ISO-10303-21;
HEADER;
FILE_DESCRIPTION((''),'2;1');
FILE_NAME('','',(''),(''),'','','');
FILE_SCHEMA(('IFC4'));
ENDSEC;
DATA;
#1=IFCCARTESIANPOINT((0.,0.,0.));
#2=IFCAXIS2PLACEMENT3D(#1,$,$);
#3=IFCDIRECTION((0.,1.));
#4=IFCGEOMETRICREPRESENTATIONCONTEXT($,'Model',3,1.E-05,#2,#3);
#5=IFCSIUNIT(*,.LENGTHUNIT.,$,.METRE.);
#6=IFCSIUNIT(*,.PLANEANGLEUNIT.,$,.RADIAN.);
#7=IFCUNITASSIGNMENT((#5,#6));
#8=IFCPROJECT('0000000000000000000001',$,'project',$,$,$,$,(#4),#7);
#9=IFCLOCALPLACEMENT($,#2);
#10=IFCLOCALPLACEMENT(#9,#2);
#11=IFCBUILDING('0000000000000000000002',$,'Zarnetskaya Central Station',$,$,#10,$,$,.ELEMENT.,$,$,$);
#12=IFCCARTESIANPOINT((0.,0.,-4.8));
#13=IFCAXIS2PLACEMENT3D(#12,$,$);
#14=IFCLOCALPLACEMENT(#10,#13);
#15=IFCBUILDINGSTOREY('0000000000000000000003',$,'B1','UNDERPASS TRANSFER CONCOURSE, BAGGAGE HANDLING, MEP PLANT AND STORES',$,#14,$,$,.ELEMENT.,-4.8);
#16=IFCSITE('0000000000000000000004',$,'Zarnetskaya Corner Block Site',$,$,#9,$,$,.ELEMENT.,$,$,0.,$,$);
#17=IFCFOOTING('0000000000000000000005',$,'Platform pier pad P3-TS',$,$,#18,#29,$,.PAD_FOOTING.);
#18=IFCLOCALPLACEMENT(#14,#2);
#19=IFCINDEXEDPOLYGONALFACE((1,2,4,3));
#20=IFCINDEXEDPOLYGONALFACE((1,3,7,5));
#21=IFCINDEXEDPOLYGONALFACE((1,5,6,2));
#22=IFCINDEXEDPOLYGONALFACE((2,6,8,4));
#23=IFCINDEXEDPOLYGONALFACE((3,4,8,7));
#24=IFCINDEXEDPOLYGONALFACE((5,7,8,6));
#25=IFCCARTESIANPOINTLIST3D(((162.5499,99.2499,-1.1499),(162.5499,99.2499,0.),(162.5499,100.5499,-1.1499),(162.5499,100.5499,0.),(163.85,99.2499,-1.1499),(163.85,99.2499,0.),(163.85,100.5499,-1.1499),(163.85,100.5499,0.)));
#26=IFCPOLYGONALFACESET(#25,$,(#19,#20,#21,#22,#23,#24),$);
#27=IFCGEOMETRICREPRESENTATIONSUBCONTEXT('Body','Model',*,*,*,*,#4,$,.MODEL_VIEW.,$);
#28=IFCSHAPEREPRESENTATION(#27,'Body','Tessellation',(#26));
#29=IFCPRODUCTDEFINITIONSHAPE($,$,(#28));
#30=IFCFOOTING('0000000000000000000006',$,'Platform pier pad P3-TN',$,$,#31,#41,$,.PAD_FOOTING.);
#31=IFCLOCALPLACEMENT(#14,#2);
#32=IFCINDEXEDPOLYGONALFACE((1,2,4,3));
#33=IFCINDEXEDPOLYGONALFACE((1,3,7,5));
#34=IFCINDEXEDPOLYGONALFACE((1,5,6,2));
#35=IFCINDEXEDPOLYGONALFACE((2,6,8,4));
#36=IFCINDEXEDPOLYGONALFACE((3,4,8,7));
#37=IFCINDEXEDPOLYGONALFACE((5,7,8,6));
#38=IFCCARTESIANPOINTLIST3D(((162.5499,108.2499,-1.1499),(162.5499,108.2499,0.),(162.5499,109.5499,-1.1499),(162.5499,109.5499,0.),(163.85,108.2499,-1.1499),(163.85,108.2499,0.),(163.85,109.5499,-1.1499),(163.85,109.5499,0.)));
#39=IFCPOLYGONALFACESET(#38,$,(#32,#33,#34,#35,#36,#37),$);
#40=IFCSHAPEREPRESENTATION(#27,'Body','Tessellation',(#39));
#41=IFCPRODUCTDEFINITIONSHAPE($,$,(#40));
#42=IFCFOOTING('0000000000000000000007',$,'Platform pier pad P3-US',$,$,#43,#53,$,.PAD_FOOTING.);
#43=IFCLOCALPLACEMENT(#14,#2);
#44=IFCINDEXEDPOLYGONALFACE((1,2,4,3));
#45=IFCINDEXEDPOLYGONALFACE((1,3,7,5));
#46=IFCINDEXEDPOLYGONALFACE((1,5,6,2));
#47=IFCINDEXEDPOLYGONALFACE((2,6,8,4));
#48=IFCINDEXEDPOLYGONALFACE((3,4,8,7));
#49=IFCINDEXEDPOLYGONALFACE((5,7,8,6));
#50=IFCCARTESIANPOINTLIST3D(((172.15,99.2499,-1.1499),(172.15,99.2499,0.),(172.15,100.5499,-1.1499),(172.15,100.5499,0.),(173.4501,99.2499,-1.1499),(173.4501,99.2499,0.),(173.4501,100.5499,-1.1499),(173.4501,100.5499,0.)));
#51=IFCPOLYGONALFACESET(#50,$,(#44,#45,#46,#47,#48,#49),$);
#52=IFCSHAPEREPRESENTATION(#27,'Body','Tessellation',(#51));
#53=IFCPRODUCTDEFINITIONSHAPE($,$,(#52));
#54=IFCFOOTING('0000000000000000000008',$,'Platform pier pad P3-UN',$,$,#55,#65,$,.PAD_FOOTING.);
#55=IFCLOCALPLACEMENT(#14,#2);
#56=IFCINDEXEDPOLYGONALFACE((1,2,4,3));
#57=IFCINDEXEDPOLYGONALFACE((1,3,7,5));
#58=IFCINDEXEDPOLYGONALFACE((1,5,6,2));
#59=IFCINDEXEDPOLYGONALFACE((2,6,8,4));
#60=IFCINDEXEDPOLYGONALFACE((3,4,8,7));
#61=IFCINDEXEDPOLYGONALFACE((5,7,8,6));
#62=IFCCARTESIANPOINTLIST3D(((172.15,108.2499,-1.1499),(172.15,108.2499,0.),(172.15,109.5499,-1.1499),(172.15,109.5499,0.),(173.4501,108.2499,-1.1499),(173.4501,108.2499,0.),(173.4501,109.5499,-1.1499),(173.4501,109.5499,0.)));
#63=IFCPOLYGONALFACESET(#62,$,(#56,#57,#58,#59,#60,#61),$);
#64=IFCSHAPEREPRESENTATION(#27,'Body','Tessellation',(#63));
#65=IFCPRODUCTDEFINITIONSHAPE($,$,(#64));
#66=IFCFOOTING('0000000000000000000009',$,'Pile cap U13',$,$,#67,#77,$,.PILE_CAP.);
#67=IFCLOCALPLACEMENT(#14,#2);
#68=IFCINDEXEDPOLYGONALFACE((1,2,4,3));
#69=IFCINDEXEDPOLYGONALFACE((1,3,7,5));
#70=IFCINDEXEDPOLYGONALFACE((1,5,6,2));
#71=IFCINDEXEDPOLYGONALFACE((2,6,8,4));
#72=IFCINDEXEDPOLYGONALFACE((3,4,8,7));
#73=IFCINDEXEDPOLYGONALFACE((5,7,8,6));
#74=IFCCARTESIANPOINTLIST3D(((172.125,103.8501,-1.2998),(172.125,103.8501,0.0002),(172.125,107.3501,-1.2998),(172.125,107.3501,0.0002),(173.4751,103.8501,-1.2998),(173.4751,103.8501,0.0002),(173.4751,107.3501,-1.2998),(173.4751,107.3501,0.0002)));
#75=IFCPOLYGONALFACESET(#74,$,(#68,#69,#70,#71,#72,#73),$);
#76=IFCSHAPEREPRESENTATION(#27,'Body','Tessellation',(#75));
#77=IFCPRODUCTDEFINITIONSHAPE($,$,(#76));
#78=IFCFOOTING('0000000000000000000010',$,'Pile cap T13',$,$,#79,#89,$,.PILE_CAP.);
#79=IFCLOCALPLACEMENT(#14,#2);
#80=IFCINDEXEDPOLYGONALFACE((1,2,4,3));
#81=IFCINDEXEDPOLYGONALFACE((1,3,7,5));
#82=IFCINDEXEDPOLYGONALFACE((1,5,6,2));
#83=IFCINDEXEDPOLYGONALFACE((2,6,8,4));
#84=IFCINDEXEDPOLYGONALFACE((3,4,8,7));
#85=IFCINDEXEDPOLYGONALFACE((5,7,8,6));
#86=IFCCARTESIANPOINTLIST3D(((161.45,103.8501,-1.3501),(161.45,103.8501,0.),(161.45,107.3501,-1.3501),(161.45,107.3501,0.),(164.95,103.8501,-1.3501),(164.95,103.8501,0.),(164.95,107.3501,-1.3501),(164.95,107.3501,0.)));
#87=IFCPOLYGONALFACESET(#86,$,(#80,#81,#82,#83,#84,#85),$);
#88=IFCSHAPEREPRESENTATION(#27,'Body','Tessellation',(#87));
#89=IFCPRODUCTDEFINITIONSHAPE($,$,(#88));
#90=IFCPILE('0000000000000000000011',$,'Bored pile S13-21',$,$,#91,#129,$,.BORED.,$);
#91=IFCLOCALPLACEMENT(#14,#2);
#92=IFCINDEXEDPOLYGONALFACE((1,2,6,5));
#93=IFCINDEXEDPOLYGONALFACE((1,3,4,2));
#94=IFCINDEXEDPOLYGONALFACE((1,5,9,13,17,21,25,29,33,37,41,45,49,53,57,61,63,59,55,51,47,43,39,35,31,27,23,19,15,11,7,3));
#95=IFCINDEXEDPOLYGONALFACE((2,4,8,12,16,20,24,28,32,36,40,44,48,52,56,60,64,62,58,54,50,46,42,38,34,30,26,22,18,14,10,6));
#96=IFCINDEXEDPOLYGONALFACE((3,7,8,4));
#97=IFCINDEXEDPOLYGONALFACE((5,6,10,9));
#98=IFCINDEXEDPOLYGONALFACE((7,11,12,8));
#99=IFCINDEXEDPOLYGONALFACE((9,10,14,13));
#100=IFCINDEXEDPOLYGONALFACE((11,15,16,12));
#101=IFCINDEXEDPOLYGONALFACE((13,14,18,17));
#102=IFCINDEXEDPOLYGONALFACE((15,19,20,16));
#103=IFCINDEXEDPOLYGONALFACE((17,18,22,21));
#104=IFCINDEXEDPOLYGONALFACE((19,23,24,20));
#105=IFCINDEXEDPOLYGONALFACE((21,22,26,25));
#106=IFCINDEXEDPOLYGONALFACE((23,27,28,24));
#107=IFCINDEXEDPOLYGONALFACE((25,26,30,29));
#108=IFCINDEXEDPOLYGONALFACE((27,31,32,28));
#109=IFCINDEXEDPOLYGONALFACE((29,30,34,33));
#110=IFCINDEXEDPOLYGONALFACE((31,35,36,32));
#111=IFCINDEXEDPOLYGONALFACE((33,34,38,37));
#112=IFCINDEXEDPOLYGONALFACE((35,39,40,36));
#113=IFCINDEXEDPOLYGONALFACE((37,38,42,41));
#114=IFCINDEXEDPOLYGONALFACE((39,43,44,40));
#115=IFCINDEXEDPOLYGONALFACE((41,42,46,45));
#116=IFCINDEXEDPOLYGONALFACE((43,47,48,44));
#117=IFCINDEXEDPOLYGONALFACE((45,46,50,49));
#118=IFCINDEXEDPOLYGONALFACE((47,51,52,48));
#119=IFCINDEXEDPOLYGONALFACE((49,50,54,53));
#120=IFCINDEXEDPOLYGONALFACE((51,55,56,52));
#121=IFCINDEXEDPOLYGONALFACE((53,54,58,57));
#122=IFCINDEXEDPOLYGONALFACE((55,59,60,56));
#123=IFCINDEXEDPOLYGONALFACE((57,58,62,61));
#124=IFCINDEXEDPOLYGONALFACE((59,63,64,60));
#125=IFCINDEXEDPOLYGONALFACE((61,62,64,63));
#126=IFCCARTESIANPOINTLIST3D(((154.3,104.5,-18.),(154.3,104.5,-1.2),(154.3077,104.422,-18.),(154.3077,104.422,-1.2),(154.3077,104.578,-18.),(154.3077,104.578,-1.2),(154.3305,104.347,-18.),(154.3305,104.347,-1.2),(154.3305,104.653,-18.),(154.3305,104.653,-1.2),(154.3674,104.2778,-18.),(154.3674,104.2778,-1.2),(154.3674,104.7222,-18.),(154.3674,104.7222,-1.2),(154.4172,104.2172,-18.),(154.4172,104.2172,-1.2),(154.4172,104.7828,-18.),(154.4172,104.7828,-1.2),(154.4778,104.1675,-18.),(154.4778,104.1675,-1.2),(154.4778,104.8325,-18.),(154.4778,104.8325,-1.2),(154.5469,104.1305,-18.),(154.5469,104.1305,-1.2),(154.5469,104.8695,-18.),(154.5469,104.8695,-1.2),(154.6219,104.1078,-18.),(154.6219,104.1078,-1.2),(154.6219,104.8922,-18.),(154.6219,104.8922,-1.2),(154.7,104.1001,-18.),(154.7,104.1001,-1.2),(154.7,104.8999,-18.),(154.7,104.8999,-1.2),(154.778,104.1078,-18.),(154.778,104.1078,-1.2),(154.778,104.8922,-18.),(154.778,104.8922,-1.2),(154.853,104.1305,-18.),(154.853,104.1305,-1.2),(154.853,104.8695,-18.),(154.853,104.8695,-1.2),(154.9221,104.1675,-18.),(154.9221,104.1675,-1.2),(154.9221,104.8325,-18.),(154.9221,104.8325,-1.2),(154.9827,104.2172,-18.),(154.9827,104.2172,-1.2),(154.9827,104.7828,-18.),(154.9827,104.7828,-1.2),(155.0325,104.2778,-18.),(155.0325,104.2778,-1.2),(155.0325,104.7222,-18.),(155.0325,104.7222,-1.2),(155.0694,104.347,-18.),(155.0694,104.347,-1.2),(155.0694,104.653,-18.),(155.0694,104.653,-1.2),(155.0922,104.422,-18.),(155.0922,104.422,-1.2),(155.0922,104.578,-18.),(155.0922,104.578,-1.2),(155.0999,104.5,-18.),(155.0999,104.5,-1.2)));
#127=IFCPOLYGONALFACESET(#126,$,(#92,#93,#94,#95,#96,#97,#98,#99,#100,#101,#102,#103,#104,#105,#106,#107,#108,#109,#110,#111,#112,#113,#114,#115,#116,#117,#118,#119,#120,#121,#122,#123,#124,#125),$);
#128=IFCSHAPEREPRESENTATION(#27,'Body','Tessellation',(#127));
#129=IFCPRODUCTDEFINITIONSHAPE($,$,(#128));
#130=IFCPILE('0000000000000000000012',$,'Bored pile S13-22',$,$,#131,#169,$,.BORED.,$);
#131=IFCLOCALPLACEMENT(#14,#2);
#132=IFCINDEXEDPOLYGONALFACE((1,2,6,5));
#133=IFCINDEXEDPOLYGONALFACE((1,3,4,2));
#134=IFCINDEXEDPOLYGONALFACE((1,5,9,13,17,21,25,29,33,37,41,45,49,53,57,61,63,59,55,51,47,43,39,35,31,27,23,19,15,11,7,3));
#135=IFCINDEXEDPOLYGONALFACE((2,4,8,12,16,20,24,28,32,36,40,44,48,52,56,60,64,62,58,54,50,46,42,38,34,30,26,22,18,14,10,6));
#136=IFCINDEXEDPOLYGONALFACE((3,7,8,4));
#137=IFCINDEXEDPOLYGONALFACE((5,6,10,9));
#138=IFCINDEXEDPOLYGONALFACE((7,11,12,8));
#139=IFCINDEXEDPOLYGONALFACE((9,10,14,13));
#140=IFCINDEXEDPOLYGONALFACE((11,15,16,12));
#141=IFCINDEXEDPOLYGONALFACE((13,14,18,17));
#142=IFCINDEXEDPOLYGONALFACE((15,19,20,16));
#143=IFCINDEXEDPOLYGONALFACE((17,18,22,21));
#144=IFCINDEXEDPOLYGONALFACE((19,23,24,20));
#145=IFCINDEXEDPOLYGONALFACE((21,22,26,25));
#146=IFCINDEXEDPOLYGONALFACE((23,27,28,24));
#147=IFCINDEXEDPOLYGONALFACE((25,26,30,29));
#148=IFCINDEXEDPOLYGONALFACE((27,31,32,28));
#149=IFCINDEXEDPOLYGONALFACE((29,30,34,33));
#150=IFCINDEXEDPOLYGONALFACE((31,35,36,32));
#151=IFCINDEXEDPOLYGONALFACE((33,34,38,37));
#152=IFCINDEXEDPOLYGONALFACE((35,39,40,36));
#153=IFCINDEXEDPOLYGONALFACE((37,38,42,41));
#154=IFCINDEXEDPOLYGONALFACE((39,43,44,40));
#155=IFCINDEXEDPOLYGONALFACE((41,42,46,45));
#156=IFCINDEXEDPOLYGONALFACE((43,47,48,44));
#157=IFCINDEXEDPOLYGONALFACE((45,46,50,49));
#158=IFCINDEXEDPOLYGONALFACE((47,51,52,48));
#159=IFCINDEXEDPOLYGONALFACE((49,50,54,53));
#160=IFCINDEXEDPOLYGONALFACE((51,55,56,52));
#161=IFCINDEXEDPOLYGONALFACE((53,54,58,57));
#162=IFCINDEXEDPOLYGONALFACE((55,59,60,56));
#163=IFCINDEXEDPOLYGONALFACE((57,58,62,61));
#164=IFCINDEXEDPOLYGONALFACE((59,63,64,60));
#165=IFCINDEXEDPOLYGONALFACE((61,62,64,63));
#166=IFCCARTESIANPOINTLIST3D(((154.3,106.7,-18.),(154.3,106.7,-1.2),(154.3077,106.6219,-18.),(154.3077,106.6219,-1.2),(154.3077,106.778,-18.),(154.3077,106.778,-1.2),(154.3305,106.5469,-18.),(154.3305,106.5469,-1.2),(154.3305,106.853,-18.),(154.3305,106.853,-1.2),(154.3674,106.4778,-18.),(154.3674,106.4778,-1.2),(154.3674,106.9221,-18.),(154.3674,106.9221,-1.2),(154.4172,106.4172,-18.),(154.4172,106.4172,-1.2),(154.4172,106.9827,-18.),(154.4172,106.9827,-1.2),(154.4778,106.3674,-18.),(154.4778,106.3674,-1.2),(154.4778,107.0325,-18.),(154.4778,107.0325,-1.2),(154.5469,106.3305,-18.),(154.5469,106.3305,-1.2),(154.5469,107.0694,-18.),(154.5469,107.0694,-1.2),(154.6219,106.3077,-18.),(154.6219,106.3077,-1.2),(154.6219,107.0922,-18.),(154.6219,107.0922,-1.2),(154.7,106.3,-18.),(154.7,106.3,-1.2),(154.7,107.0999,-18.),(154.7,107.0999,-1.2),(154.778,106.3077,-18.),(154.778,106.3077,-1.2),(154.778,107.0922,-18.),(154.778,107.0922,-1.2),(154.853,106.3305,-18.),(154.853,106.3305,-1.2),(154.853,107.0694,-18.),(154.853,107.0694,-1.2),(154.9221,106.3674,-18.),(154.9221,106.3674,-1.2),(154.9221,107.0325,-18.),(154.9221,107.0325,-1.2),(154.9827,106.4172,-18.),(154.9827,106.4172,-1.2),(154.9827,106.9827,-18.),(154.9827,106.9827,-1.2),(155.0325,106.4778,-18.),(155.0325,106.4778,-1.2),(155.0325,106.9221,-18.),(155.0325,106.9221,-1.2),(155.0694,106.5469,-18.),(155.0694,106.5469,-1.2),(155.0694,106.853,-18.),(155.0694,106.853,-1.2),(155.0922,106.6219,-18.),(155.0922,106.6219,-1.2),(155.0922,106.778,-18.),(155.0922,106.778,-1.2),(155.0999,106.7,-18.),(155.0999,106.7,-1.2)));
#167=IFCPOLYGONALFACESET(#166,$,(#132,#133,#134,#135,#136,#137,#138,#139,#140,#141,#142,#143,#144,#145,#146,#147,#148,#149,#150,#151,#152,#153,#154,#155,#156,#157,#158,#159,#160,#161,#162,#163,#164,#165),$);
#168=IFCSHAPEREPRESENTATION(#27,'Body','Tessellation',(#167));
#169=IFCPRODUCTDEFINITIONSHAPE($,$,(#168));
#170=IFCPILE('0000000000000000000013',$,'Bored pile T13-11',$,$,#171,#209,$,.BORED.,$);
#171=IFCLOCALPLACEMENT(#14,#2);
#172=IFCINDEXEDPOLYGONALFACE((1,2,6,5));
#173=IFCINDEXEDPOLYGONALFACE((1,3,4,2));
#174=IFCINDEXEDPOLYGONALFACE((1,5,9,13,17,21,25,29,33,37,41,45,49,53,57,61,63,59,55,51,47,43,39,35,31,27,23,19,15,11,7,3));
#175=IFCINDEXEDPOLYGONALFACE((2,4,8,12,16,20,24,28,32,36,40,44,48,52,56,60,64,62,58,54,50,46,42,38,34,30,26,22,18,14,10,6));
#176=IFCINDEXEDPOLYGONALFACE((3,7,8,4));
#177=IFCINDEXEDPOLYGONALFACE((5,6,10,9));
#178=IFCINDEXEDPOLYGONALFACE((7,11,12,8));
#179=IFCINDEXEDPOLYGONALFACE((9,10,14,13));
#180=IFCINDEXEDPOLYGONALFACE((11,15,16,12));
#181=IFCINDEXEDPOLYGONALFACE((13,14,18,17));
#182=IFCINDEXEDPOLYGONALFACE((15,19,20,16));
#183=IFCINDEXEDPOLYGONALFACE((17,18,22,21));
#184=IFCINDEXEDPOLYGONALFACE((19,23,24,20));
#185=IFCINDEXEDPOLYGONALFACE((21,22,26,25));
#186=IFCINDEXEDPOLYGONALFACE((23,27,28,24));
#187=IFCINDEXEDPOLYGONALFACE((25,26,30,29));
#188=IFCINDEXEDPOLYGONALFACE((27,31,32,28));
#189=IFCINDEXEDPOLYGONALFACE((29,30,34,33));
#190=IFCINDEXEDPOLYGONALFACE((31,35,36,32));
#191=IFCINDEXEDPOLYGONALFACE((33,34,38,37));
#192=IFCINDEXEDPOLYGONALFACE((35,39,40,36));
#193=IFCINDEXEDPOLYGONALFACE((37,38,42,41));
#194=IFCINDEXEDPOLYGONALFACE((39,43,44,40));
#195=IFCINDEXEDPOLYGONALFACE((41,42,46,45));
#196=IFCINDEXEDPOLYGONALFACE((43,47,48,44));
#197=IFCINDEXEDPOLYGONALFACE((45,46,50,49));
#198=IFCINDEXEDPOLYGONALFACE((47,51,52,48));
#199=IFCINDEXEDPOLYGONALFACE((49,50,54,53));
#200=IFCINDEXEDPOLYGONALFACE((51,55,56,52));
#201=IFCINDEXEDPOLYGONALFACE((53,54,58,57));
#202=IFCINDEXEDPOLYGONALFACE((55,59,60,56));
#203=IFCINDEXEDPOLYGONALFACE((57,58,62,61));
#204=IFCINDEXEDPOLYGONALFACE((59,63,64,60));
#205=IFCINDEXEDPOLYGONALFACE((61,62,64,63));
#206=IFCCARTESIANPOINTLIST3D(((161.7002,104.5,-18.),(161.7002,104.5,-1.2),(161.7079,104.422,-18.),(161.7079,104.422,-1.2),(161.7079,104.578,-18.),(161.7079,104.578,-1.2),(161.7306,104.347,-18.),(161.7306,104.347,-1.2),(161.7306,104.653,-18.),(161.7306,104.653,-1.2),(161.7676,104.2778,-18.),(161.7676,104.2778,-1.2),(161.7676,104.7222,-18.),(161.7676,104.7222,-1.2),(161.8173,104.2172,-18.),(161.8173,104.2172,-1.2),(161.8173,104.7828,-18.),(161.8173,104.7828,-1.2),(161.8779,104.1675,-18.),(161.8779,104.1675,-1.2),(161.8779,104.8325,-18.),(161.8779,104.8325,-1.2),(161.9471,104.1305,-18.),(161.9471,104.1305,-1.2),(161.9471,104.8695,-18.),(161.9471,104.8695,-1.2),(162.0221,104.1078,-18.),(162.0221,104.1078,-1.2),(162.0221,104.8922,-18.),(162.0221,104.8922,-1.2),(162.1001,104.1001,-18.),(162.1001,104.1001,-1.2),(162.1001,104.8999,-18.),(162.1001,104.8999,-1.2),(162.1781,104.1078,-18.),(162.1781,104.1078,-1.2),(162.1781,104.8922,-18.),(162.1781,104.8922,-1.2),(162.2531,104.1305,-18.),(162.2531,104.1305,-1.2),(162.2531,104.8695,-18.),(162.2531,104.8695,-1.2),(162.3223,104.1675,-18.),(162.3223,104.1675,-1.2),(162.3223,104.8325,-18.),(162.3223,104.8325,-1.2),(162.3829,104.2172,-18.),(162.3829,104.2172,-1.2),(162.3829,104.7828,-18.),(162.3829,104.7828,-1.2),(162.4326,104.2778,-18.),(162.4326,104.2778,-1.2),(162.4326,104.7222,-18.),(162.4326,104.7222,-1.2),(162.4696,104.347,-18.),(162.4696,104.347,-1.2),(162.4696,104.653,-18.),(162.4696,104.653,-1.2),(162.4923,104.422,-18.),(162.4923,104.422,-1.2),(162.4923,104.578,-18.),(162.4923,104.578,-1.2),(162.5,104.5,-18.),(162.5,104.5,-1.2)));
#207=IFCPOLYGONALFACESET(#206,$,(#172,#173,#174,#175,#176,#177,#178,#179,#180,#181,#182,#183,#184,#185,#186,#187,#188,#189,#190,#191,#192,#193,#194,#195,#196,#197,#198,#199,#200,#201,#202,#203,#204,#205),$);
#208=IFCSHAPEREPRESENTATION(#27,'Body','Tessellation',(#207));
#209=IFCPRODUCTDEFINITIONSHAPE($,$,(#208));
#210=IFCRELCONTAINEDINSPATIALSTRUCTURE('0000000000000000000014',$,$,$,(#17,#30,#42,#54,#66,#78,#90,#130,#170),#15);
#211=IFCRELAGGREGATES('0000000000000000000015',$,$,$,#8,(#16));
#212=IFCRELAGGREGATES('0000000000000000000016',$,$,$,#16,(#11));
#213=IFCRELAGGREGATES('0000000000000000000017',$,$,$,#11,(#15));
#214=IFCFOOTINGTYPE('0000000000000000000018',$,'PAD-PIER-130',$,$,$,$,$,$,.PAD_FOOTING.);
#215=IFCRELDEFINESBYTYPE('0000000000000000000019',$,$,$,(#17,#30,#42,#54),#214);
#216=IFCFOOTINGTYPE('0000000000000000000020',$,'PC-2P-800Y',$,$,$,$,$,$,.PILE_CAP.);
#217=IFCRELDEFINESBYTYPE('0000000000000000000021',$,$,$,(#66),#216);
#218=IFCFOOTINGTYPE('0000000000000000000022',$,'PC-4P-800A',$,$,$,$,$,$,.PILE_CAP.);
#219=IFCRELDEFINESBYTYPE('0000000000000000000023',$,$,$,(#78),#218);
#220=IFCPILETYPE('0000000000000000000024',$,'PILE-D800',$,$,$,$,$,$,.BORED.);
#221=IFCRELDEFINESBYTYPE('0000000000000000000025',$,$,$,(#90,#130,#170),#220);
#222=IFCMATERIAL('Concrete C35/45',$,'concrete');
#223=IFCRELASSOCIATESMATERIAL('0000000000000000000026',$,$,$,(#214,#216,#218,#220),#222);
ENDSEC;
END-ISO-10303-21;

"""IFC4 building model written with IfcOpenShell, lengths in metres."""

from ifc_helpers import new_model, si_unit, direction, frame, origin, origin_2d, place, context, subcontext, project, spatial, rectangle, circle, extrude, material, material_profile, profile_set, type_object, element, save


model = new_model("IFC4")

# Units and contexts
model_context = context("Model", 3, precision=1e-05, world=origin(), true_north=direction((0.0, 1.0)))
body_context = subcontext(model_context, "Body", "Model", "MODEL_VIEW")
ifc_project = project(units=[si_unit("LENGTHUNIT", "METRE"), si_unit("PLANEANGLEUNIT", "RADIAN")], contexts=[model_context])

# Site, building, storey
site_placement = place(None, origin())
site = spatial("IfcSite", under=ifc_project, at=site_placement, Name="Zarnetskaya Corner Block Site", CompositionType="ELEMENT", RefElevation=0.0)
building_placement = place(site_placement, origin())
building = spatial("IfcBuilding", under=site, at=building_placement, Name="Zarnetskaya Central Station", CompositionType="ELEMENT")
storey_placement = place(building_placement, frame((0.0, 0.0, -4.8)))
storey = spatial("IfcBuildingStorey", under=building, at=storey_placement, Name="B1", Description="UNDERPASS TRANSFER CONCOURSE, BAGGAGE HANDLING, MEP PLANT AND STORES", CompositionType="ELEMENT", Elevation=-4.8)

# Footings
ifc_material = material(Name="Concrete C35/45", Category="concrete")
footing_type_1 = type_object("IfcFootingType", Name="PAD-PIER-130", PredefinedType="PAD_FOOTING", material=ifc_material)
for number, where, z_axis, x_axis, name in (
    (1, (163.2, 99.8999, -1.1499), (0.0, 0.0, 1.0), (1.0, 0.0, 0.0), "Platform pier pad P3-TS"),
    (2, (163.2, 108.8999, -1.1499), (0.0, 0.0, 1.0), (1.0, 0.0, 0.0), "Platform pier pad P3-TN"),
    (3, (172.8, 99.8999, -1.1499), (0.0, 0.0, 1.0), (1.0, 0.0, 0.0), "Platform pier pad P3-US"),
    (4, (172.8, 108.8999, -1.1499), (0.0, 0.0, 1.0), (1.0, 0.0, 0.0), "Platform pier pad P3-UN"),
):
    element("IfcFooting", number, at=place(storey_placement, frame(where, z_axis=z_axis, x_axis=x_axis)), inside=storey, type_object=footing_type_1, Name=name, PredefinedType="PAD_FOOTING", context=body_context, shape_type="SweptSolid", body=[
        extrude(rectangle(XDim=1.3, YDim=1.3, at=origin_2d()), origin(), (0.0, 0.0, 1.0), 1.1499),
    ])
footing_type_2 = type_object("IfcFootingType", Name="PC-2P-800Y", PredefinedType="PILE_CAP", material=ifc_material)
footing_1_placement = place(storey_placement, frame((172.8, 105.6001, -1.2998), z_axis=(0.0, 0.0, 1.0), x_axis=(1.0, 0.0, 0.0)))
element("IfcFooting", 5, at=footing_1_placement, inside=storey, type_object=footing_type_2, Name="Pile cap U13", PredefinedType="PILE_CAP", context=body_context, shape_type="SweptSolid", body=[
    extrude(rectangle(XDim=1.3501, YDim=3.5, at=origin_2d()), origin(), (0.0, 0.0, 1.0), 1.3),
])
footing_type_3 = type_object("IfcFootingType", Name="PC-4P-800A", PredefinedType="PILE_CAP", material=ifc_material)
footing_2_placement = place(storey_placement, frame((163.2, 105.6001, -1.3501), z_axis=(0.0, 0.0, 1.0), x_axis=(1.0, 0.0, 0.0)))
element("IfcFooting", 6, at=footing_2_placement, inside=storey, type_object=footing_type_3, Name="Pile cap T13", PredefinedType="PILE_CAP", context=body_context, shape_type="SweptSolid", body=[
    extrude(rectangle(XDim=3.5, YDim=3.5, at=origin_2d()), origin(), (0.0, 0.0, 1.0), 1.3501),
])

# Piles
ifc_material_profile_1 = material_profile(ifc_material, circle(Radius=0.3999, at=origin_2d()), Name="BORED PILE D800")
ifc_profile_set_1 = profile_set([ifc_material_profile_1], Name="Concrete C35/45")
pile_type = type_object("IfcPileType", Name="PILE-D800", PredefinedType="BORED", material=ifc_profile_set_1)
for number, where, z_axis, x_axis, name in (
    (7, (154.7, 104.5, -1.2), (0.0, 0.0, -1.0), (1.0, 0.0, 0.0), "Bored pile S13-21"),
    (8, (154.7, 106.7, -1.2), (0.0, 0.0, -1.0), (1.0, 0.0, 0.0), "Bored pile S13-22"),
    (9, (162.1001, 104.5, -1.2), (0.0, 0.0, -1.0), (1.0, 0.0, 0.0), "Bored pile T13-11"),
):
    element("IfcPile", number, at=place(storey_placement, frame(where, z_axis=z_axis, x_axis=x_axis)), inside=storey, type_object=pile_type, Name=name, PredefinedType="BORED", context=body_context, shape_type="SweptSolid", body=[
        extrude(circle(Radius=0.3999, at=origin_2d()), origin(), (0.0, 0.0, 1.0), 16.8),
    ])

save(model, "model.ifc")
